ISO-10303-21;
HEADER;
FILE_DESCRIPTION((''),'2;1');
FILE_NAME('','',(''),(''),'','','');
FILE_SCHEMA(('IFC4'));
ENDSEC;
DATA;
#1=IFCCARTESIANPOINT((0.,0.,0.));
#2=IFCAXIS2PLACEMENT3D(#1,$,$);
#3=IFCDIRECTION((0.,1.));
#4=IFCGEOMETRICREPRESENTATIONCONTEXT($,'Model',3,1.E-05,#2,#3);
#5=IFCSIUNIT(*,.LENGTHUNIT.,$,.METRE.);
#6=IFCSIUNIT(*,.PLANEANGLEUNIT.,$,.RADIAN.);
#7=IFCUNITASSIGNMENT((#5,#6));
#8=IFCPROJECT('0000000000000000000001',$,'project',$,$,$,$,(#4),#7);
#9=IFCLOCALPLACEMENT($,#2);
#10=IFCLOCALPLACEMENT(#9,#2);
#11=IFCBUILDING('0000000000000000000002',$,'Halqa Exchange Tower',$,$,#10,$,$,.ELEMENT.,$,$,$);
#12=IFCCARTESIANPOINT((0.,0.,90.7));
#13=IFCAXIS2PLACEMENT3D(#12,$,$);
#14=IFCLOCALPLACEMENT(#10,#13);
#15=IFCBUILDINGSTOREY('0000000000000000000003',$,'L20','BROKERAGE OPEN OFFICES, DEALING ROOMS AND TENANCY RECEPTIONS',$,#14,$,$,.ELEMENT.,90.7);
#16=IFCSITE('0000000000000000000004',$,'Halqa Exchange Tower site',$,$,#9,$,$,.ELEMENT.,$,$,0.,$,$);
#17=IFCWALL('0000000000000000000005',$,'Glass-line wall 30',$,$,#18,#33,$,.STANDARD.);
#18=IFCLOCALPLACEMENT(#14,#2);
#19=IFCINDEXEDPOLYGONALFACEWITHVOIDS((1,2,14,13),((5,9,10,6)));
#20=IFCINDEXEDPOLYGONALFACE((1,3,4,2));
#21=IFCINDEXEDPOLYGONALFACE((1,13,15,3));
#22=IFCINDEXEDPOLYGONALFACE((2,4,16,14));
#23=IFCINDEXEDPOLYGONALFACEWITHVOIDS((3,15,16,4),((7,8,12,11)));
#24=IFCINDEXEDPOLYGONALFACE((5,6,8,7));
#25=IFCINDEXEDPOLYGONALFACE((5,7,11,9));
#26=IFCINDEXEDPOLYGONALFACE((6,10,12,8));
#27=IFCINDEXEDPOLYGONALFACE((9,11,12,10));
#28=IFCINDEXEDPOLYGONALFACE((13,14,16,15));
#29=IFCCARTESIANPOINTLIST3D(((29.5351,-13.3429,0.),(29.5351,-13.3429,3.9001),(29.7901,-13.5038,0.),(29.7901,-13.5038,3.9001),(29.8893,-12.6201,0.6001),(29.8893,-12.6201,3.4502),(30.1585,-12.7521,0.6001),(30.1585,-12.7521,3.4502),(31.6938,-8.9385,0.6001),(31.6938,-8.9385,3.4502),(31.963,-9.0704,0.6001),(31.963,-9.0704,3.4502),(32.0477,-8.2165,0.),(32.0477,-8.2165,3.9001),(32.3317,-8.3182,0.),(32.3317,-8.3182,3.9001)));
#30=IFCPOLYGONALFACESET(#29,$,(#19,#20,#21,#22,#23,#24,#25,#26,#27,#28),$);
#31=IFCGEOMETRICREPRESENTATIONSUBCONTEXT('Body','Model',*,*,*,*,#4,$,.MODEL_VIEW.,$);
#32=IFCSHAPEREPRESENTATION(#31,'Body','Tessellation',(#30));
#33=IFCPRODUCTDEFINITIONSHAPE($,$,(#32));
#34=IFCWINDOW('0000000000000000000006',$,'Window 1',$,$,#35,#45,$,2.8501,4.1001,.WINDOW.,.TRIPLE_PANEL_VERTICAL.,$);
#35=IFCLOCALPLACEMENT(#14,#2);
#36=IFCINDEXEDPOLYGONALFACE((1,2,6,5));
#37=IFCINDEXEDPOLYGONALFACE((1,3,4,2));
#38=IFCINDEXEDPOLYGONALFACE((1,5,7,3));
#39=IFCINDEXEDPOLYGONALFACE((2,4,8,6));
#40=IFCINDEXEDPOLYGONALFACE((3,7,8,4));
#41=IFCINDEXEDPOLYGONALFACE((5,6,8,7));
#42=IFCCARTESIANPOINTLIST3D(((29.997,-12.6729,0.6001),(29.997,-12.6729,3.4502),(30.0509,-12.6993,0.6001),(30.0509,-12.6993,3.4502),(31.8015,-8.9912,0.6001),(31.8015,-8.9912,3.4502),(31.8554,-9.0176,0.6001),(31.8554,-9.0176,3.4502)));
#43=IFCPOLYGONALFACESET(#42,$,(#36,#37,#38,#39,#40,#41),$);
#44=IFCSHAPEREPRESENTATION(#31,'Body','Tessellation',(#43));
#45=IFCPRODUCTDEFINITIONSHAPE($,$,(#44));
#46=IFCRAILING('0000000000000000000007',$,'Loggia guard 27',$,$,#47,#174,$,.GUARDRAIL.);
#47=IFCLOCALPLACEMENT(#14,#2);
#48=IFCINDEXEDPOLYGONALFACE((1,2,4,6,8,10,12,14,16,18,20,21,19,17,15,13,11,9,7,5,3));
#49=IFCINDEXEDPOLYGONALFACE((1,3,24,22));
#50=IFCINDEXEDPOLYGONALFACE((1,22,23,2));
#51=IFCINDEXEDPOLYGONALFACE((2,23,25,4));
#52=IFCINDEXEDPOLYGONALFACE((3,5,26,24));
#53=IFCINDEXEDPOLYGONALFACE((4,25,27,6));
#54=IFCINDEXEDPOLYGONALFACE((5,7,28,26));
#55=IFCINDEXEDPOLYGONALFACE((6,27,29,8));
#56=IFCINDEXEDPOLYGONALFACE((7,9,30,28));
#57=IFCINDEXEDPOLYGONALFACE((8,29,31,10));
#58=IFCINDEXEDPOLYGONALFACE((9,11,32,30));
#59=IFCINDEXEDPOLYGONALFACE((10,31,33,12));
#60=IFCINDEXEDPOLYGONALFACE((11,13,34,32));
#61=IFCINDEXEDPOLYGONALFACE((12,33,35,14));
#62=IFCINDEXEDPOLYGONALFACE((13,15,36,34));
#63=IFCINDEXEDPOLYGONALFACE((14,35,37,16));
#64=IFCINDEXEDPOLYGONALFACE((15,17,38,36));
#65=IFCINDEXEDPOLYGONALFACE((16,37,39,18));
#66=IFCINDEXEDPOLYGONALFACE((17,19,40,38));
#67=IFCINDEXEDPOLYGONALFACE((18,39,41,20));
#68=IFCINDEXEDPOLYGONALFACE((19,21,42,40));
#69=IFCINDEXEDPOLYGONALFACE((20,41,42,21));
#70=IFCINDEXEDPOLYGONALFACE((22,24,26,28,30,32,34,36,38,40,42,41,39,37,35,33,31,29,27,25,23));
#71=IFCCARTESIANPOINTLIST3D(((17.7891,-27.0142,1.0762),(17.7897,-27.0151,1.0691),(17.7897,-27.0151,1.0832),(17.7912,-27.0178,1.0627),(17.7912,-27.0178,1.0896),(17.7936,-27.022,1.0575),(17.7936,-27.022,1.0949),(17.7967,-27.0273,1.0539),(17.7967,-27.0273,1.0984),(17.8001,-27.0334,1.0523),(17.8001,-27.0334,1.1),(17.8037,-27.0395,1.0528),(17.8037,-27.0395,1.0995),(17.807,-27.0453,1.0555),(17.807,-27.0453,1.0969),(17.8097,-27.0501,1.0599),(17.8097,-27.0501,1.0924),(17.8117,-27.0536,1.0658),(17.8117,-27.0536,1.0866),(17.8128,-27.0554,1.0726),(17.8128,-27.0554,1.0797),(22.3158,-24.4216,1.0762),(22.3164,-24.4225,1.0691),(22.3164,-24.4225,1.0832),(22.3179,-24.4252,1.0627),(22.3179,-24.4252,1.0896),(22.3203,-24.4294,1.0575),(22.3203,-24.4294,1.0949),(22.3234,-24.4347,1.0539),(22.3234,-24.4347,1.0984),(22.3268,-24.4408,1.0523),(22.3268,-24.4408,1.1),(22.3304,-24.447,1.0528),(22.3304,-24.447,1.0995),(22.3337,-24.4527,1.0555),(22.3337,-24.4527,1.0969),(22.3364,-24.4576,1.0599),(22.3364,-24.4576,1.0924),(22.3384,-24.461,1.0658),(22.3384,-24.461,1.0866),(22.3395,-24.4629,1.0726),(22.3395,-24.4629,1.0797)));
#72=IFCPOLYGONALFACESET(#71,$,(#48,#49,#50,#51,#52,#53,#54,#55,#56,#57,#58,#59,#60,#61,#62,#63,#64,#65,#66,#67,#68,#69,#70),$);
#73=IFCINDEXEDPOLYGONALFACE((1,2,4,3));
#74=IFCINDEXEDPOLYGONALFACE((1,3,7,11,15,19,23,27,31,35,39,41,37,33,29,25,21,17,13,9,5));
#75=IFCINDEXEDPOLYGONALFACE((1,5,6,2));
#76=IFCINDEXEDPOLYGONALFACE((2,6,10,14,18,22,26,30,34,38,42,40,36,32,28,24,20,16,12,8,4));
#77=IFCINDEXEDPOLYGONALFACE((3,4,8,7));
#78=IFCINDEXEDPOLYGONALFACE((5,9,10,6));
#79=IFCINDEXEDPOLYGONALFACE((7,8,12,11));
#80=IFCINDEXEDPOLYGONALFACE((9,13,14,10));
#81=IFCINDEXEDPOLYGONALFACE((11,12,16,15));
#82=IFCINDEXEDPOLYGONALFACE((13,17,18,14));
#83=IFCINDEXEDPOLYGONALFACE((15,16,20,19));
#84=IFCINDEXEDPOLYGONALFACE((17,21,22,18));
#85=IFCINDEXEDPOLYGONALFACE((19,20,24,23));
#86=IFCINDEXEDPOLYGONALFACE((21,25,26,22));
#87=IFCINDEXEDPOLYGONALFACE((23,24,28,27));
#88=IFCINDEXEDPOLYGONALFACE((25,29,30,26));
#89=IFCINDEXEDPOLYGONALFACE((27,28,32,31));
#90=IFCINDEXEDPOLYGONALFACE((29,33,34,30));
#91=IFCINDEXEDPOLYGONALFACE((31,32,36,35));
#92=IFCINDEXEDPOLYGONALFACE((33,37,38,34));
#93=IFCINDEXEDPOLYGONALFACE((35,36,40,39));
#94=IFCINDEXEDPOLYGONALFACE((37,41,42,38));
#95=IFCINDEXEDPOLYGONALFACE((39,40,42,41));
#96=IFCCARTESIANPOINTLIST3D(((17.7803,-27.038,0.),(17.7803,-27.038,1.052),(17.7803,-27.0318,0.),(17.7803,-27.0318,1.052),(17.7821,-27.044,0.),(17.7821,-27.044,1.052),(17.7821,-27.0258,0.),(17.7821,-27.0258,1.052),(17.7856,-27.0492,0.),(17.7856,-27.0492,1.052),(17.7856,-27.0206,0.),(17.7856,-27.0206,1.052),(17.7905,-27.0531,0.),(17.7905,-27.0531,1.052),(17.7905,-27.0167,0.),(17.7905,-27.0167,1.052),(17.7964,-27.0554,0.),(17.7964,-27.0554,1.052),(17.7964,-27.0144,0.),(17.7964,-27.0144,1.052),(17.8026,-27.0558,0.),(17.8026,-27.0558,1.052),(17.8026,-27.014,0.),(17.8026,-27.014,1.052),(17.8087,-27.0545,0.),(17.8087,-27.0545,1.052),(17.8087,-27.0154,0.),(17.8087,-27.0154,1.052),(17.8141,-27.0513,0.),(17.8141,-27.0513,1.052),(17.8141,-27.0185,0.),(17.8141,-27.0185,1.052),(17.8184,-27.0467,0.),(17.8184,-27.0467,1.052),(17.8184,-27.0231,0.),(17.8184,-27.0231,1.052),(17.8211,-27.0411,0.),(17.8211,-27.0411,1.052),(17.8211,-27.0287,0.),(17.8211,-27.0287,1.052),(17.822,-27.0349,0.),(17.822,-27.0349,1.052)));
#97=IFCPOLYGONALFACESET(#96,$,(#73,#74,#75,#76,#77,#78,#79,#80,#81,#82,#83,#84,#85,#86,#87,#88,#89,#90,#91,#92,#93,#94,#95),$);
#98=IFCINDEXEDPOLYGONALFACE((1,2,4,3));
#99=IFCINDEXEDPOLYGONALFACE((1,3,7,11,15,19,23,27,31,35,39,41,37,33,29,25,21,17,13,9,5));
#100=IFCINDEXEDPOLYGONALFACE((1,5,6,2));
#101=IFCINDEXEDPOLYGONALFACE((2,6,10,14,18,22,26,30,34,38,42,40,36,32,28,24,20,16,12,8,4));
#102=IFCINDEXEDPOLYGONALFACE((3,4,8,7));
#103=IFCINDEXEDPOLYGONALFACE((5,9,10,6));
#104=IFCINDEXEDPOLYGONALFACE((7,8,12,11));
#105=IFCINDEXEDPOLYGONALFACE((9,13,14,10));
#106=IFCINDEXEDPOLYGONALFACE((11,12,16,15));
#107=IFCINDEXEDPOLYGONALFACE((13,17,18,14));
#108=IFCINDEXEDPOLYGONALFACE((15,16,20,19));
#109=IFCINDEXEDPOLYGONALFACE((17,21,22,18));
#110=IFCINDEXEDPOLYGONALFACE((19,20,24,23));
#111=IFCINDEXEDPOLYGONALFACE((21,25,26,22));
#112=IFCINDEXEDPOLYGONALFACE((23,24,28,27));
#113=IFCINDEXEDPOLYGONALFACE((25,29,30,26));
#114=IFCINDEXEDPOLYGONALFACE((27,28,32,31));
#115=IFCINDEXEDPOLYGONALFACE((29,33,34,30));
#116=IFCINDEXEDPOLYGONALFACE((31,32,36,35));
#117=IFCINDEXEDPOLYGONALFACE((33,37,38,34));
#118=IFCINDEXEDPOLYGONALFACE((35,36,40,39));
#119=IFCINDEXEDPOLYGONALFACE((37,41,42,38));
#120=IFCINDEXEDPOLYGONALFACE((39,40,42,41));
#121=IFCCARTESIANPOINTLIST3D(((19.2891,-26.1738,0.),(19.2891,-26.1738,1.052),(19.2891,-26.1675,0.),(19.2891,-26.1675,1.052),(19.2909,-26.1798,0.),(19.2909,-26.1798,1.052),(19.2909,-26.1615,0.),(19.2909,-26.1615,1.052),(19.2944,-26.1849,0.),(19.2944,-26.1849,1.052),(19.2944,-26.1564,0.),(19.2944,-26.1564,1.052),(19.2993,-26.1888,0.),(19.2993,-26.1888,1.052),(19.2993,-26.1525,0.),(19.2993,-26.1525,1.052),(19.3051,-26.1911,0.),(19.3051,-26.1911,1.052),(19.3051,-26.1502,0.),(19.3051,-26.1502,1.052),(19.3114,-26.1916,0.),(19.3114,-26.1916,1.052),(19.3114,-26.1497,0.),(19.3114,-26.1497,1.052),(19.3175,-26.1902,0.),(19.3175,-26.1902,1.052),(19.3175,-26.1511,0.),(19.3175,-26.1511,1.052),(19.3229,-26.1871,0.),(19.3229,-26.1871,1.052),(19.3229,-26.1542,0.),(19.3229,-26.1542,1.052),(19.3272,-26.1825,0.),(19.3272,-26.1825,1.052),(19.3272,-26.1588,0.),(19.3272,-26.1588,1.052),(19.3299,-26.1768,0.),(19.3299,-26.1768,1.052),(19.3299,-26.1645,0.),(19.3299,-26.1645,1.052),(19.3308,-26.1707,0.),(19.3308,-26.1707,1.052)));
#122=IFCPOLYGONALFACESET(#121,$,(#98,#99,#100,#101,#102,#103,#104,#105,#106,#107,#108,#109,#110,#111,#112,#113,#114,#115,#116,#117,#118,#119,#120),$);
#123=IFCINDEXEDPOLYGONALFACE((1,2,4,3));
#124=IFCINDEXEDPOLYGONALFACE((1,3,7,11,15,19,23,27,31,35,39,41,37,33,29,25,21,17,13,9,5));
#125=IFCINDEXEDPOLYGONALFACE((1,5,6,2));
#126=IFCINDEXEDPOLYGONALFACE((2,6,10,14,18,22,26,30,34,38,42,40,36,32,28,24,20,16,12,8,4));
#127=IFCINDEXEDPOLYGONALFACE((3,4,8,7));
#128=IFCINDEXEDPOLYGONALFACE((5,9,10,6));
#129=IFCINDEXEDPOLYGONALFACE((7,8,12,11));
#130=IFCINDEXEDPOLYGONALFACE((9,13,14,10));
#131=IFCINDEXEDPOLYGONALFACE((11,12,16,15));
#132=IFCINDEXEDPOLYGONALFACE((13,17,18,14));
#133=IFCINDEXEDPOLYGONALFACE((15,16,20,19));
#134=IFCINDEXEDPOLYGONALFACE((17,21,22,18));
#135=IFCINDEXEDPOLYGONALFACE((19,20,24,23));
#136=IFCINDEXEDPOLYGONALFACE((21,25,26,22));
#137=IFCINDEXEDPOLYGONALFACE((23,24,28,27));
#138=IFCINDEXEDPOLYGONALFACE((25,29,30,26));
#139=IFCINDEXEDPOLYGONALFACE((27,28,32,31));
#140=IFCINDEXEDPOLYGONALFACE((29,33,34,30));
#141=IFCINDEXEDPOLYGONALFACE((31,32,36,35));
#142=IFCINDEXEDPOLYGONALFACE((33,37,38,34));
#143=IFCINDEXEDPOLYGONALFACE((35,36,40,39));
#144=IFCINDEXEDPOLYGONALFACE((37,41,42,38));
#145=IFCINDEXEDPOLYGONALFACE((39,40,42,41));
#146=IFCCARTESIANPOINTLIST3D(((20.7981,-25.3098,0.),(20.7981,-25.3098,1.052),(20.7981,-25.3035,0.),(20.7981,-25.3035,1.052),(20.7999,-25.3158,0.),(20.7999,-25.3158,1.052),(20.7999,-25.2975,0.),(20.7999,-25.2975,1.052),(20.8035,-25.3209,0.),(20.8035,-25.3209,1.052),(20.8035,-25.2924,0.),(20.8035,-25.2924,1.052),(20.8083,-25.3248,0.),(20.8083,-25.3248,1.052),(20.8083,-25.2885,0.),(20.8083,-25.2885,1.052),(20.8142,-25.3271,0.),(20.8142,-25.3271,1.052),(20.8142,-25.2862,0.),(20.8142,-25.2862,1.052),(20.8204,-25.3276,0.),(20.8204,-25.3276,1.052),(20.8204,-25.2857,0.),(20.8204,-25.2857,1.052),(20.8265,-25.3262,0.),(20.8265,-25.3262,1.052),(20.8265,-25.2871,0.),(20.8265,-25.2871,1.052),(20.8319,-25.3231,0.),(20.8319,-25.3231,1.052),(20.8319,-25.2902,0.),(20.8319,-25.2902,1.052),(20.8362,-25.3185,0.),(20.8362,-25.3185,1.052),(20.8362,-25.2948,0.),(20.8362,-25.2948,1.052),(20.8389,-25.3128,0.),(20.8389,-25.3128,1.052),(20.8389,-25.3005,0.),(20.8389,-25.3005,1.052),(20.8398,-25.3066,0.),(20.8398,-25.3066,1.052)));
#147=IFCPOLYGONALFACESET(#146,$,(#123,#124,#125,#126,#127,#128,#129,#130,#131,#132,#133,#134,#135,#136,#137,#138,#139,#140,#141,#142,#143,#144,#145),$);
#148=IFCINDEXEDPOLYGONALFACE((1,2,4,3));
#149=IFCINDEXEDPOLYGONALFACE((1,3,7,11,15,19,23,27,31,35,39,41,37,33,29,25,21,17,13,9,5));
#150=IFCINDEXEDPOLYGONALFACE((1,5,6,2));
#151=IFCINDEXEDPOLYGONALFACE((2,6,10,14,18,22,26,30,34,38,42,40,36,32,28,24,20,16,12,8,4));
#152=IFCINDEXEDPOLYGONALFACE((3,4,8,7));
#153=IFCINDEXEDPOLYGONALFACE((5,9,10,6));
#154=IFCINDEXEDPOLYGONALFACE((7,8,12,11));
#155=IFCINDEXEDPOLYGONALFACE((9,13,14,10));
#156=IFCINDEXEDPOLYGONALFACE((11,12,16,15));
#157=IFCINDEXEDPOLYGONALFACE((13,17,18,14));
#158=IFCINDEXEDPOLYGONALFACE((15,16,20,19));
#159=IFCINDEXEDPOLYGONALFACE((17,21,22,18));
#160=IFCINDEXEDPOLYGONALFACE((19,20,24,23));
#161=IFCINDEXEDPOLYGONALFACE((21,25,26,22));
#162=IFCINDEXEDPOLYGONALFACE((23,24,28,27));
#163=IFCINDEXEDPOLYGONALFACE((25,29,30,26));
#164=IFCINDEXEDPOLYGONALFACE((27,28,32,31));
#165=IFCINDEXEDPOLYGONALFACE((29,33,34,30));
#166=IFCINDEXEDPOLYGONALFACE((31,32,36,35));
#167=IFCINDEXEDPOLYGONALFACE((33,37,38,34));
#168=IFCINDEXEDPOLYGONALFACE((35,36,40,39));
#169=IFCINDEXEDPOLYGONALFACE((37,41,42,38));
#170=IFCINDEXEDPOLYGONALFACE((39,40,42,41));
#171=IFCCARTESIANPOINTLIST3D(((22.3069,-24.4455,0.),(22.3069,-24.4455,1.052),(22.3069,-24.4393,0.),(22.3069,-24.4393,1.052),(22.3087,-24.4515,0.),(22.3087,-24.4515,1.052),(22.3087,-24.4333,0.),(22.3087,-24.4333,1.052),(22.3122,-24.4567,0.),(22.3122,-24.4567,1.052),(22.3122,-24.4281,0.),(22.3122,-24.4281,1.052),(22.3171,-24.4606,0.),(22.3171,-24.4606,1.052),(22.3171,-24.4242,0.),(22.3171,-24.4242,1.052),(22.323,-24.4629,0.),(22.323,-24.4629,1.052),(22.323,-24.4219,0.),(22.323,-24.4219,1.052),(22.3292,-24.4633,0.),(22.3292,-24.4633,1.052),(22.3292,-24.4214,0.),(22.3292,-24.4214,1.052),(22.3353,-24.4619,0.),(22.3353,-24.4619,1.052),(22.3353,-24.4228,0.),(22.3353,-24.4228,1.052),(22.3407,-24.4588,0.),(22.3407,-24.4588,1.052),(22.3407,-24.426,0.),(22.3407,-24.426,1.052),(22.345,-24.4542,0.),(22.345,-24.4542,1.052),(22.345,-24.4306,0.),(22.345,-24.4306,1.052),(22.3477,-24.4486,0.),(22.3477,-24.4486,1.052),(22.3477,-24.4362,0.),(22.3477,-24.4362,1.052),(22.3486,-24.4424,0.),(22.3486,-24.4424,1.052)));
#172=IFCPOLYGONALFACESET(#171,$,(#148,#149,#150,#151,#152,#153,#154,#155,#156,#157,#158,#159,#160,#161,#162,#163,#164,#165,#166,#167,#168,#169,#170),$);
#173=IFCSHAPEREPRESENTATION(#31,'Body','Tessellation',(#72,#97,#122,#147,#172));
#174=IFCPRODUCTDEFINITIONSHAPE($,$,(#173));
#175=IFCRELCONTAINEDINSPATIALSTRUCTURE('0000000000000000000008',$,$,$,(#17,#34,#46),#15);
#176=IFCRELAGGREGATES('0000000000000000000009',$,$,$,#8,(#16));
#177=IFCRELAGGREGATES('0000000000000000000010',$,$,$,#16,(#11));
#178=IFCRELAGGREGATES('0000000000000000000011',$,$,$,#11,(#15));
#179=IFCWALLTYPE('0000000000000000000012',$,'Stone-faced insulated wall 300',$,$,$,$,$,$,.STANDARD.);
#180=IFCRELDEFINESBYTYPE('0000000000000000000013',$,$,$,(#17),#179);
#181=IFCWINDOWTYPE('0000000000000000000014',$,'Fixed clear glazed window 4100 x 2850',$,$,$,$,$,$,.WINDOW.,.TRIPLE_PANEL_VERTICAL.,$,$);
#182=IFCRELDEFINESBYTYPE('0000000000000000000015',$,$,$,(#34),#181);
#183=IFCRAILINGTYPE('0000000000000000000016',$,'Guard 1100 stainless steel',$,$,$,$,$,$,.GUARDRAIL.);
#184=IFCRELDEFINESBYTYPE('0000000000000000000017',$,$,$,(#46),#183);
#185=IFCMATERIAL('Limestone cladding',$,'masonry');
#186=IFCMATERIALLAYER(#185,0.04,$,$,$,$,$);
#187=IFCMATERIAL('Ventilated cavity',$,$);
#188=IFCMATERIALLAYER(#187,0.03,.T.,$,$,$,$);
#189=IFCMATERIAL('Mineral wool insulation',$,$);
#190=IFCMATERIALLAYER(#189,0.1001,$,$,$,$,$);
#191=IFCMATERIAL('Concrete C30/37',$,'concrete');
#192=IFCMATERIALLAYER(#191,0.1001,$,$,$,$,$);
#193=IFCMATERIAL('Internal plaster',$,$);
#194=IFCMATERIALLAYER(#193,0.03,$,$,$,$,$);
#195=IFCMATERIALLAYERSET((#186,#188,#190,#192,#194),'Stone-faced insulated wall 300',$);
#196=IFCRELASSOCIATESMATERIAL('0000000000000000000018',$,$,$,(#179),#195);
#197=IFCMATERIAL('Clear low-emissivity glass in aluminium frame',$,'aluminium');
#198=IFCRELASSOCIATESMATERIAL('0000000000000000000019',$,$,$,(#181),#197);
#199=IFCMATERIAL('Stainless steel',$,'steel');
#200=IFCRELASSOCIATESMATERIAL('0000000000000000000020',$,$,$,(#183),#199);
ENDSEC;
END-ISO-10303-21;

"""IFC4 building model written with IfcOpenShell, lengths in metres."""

from ifc_helpers import new_model, si_unit, direction, frame, frame_2d, origin, origin_2d, place, context, subcontext, project, spatial, polyline, rectangle, circle, outline, extrude, material, layer, layer_set, type_object, element, fill, save


model = new_model("IFC4")

# Units and contexts
model_context = context("Model", 3, precision=1e-05, world=origin(), true_north=direction((0.0, 1.0)))
body_context = subcontext(model_context, "Body", "Model", "MODEL_VIEW")
ifc_project = project(units=[si_unit("LENGTHUNIT", "METRE"), si_unit("PLANEANGLEUNIT", "RADIAN")], contexts=[model_context])

# Site, building, storey
site_placement = place(None, origin())
site = spatial("IfcSite", under=ifc_project, at=site_placement, Name="Halqa Exchange Tower site", CompositionType="ELEMENT", RefElevation=0.0)
building_placement = place(site_placement, origin())
building = spatial("IfcBuilding", under=site, at=building_placement, Name="Halqa Exchange Tower", CompositionType="ELEMENT")
storey_placement = place(building_placement, frame((0.0, 0.0, 90.7)))
storey = spatial("IfcBuildingStorey", under=building, at=storey_placement, Name="L20", Description="BROKERAGE OPEN OFFICES, DEALING ROOMS AND TENANCY RECEPTIONS", CompositionType="ELEMENT", Elevation=90.7)

# Shared definitions
ifc_material_1 = material(Name="Limestone cladding", Category="masonry")
ifc_layer_1 = layer(ifc_material_1, 0.04)
ifc_material_2 = material(Name="Ventilated cavity")
ifc_layer_2 = layer(ifc_material_2, 0.03, ventilated=True)
ifc_material_3 = material(Name="Mineral wool insulation")
ifc_layer_3 = layer(ifc_material_3, 0.1001)
ifc_material_4 = material(Name="Concrete C30/37", Category="concrete")
ifc_layer_4 = layer(ifc_material_4, 0.1001)
ifc_material_5 = material(Name="Internal plaster")
ifc_layer_5 = layer(ifc_material_5, 0.03)
ifc_layer_set_1 = layer_set([ifc_layer_1, ifc_layer_2, ifc_layer_3, ifc_layer_4, ifc_layer_5], Name="Stone-faced insulated wall 300")
wall_type_1 = type_object("IfcWallType", Name="Stone-faced insulated wall 300", PredefinedType="STANDARD", material=ifc_layer_set_1)
ifc_material_6 = material(Name="Clear low-emissivity glass in aluminium frame", Category="aluminium")
window_type = type_object("IfcWindowType", Name="Fixed clear glazed window 4100 x 2850", PartitioningType="TRIPLE_PANEL_VERTICAL", PredefinedType="WINDOW", material=ifc_material_6)

# Wall, opening, window
wall_1_placement = place(storey_placement, frame((29.6626, -13.4233, 0.0), z_axis=(0.0, 0.0, 1.0), x_axis=(0.440107, 0.897945, 0.0)))
wall_1 = element("IfcWall", 1, at=wall_1_placement, inside=storey, type_object=wall_type_1, Name="Glass-line wall 30", PredefinedType="STANDARD", context=body_context, shape_type="SweptSolid", body=[
    extrude(outline(polyline([(-0.0161, -0.1499), (5.7588, -0.1499), (5.7251, 0.1499), (0.0161, 0.1499), (-0.0161, -0.1499)])), origin(), (0.0, 0.0, 1.0), 3.9001),
])
opening_1_placement = place(wall_1_placement, frame((0.821, 0.0, 0.6001)))
opening_1 = element("IfcOpeningElement", 2, at=opening_1_placement, cuts=wall_1, PredefinedType="OPENING", context=body_context, shape_type="SweptSolid", body=[
    extrude(rectangle(XDim=4.1001, YDim=2.8501, at=frame_2d((2.05, 1.425))), frame((0.0, 0.1621, 0.0), z_axis=(0.0, -1.0, 0.0), x_axis=(1.0, 0.0, 0.0)), (0.0, 0.0, 1.0), 0.324),
])
window_1_placement = place(opening_1_placement, origin())
window_1 = element("IfcWindow", 3, at=window_1_placement, inside=storey, type_object=window_type, Name="Window 1", OverallHeight=2.8501, OverallWidth=4.1001, PartitioningType="TRIPLE_PANEL_VERTICAL", PredefinedType="WINDOW", context=body_context, shape_type="SweptSolid", body=[
    extrude(rectangle(XDim=4.1001, YDim=2.8501, at=frame_2d((2.05, 1.425))), frame((0.0, 0.03, 0.0), z_axis=(0.0, -1.0, 0.0), x_axis=(1.0, 0.0, 0.0)), (0.0, 0.0, 1.0), 0.0601),
])
fill(opening_1, window_1)

# Railing
ifc_material_7 = material(Name="Stainless steel", Category="steel")
railing_type = type_object("IfcRailingType", Name="Guard 1100 stainless steel", PredefinedType="GUARDRAIL", material=ifc_material_7)
railing_1_placement = place(storey_placement, frame((17.801, -27.0349, 0.0)))
element("IfcRailing", 4, at=railing_1_placement, inside=storey, type_object=railing_type, Name="Loggia guard 27", PredefinedType="GUARDRAIL", context=body_context, shape_type="SweptSolid", body=[
    extrude(circle(Radius=0.0239, at=origin_2d()), frame((0.0, 0.0, 1.0762), z_axis=(0.867756, 0.49699, 0.0), x_axis=(-0.49699, 0.867756, 0.0)), (0.0, 0.0, 1.0), 5.2166),
    extrude(circle(Radius=0.021, at=origin_2d()), origin(), (0.0, 0.0, 1.0), 1.052),
    extrude(circle(Radius=0.021, at=origin_2d()), frame((1.5088, 0.8643, 0.0)), (0.0, 0.0, 1.0), 1.052),
    extrude(circle(Radius=0.021, at=origin_2d()), frame((3.0178, 1.7283, 0.0)), (0.0, 0.0, 1.0), 1.052),
    extrude(circle(Radius=0.021, at=origin_2d()), frame((4.5266, 2.5925, 0.0)), (0.0, 0.0, 1.0), 1.052),
])

save(model, "model.ifc")
